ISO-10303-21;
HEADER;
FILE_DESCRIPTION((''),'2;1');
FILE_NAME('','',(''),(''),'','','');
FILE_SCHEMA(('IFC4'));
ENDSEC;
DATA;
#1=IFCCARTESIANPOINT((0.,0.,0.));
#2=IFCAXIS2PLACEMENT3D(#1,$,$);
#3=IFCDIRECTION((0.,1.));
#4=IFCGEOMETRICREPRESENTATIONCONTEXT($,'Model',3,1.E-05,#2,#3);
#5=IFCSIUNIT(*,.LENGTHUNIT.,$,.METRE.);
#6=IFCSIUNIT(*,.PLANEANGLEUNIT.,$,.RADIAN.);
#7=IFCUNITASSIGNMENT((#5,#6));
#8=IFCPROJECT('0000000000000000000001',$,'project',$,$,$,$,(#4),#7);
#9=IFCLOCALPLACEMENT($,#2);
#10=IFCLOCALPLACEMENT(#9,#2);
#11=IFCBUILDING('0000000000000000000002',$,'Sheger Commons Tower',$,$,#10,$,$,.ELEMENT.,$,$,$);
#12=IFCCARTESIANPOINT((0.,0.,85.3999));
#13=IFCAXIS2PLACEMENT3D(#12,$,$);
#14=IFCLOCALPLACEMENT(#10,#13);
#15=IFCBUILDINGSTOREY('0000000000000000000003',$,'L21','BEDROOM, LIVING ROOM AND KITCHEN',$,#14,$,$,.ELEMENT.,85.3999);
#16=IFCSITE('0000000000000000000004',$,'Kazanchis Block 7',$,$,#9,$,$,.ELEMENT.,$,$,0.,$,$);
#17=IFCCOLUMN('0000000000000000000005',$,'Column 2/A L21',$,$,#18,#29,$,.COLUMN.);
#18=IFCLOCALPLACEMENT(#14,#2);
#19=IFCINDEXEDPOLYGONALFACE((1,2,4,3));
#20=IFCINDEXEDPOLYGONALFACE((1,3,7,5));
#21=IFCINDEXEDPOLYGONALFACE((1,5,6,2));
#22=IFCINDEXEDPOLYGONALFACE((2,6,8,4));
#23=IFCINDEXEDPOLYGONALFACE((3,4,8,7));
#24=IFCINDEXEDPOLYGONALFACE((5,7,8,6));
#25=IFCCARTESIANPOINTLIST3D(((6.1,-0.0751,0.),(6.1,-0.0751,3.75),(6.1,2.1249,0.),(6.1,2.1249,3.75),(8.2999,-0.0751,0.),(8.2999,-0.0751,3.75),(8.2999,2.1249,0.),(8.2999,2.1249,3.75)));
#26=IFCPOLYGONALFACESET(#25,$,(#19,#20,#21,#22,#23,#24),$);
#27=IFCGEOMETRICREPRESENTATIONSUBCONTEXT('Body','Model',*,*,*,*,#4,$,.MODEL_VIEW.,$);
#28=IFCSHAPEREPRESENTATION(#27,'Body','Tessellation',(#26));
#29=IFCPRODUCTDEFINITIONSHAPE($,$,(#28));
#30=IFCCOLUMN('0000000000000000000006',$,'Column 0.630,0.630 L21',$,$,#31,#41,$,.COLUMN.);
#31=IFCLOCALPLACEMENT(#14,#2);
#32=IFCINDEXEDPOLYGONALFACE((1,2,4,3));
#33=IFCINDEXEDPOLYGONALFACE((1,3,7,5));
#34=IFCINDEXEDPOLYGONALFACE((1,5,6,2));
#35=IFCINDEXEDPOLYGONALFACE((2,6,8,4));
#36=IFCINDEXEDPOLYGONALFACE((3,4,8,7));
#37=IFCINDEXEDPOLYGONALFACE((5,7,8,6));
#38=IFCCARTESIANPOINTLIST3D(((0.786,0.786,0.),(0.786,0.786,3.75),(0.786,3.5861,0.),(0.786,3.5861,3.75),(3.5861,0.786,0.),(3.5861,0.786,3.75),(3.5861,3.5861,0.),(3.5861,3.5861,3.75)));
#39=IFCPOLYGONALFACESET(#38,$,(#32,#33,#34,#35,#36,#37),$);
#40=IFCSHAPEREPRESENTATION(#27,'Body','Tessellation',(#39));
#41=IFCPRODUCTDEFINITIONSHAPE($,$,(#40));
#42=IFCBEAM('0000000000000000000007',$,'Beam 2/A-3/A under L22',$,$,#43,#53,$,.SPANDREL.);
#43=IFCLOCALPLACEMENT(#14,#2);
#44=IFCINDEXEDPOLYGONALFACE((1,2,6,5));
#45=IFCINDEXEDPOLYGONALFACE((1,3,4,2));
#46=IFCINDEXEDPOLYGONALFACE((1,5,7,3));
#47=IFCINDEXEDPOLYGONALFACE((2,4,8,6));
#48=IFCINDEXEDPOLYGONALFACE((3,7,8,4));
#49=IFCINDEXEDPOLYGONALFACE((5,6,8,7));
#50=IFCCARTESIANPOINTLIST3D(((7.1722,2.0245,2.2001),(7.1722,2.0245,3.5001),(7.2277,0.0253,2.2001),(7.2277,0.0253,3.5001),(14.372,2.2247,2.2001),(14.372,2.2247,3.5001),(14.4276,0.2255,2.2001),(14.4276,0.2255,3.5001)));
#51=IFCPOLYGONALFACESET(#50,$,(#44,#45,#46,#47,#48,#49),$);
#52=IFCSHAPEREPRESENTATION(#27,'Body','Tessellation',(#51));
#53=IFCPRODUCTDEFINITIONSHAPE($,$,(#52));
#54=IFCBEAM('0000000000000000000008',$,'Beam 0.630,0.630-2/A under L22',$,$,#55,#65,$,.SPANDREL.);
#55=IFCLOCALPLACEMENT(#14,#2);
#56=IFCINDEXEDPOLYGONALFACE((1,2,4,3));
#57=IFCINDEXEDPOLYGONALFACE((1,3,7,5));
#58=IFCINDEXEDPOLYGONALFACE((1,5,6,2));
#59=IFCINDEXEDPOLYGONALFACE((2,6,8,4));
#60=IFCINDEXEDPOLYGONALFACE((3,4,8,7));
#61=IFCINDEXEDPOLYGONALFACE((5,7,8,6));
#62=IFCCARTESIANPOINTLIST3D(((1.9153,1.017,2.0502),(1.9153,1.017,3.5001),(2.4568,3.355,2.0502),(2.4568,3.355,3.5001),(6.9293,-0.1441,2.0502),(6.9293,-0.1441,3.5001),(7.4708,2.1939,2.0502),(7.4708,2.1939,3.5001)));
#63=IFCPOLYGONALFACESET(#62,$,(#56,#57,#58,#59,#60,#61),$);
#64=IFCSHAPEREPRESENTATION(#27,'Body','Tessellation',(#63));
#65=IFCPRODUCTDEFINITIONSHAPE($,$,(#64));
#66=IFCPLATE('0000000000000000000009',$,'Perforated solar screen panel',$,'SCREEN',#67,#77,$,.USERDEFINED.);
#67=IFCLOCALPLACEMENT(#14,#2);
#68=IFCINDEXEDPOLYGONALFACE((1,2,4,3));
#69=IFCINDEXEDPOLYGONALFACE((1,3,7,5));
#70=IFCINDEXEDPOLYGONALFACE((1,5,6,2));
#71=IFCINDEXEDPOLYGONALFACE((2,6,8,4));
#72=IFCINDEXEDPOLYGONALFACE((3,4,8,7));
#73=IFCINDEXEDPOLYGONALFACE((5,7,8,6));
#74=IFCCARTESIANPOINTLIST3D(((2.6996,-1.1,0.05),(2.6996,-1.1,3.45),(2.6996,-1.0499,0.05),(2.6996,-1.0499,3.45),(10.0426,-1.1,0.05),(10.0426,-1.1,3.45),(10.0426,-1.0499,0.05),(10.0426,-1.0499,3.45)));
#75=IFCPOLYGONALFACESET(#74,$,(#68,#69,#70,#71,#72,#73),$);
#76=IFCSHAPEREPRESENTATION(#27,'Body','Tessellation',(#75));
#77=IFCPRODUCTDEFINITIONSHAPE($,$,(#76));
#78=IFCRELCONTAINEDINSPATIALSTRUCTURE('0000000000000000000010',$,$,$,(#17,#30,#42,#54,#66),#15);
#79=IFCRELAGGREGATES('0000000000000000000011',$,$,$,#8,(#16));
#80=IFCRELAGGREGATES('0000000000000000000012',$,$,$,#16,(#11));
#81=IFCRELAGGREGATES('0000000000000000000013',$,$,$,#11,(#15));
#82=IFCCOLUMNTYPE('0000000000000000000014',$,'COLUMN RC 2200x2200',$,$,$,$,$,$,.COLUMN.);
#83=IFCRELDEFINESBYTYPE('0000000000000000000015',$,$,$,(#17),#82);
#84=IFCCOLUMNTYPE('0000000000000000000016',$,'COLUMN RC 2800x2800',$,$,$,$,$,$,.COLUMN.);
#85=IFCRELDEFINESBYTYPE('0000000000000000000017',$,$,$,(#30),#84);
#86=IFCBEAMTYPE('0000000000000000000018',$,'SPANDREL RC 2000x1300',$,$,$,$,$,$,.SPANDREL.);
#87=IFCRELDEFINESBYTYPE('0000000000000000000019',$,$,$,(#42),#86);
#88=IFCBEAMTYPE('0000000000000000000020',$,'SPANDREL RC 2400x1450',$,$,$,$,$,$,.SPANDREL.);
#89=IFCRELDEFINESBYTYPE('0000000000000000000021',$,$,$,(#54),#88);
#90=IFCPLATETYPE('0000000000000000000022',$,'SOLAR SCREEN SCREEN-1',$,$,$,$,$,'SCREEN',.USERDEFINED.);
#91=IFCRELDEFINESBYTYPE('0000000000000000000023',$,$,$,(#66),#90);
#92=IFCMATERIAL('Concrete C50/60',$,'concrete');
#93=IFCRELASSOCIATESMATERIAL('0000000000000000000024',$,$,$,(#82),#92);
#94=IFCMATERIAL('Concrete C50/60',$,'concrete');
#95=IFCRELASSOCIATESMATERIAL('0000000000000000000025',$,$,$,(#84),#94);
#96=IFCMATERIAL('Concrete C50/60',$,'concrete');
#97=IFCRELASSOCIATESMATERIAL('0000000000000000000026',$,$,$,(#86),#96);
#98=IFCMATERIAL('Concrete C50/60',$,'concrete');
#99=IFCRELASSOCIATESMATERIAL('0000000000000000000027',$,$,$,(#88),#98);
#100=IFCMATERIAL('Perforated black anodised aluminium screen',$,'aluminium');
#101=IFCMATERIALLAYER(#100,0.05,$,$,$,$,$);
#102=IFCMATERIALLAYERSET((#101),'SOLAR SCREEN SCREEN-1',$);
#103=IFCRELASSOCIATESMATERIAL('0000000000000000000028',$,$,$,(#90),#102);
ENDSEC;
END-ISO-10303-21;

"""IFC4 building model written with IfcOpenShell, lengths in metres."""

from ifc_helpers import new_model, si_unit, direction, frame, origin, origin_2d, place, context, subcontext, project, spatial, rectangle, extrude, material, layer, layer_set, material_profile, profile_set, type_object, element, save


model = new_model("IFC4")

# Units and contexts
model_context = context("Model", 3, precision=1e-05, world=origin(), true_north=direction((0.0, 1.0)))
body_context = subcontext(model_context, "Body", "Model", "MODEL_VIEW")
ifc_project = project(units=[si_unit("LENGTHUNIT", "METRE"), si_unit("PLANEANGLEUNIT", "RADIAN")], contexts=[model_context])

# Site, building, storey
site_placement = place(None, origin())
site = spatial("IfcSite", under=ifc_project, at=site_placement, Name="Kazanchis Block 7", CompositionType="ELEMENT", RefElevation=0.0)
building_placement = place(site_placement, origin())
building = spatial("IfcBuilding", under=site, at=building_placement, Name="Sheger Commons Tower", CompositionType="ELEMENT")
storey_placement = place(building_placement, frame((0.0, 0.0, 85.3999)))
storey = spatial("IfcBuildingStorey", under=building, at=storey_placement, Name="L21", Description="BEDROOM, LIVING ROOM AND KITCHEN", CompositionType="ELEMENT", Elevation=85.3999)

# Columns
ifc_material_1 = material(Name="Concrete C50/60", Category="concrete")
ifc_material_profile_1 = material_profile(ifc_material_1, rectangle(XDim=2.2, YDim=2.2, at=origin_2d()), Name="RC 2200x2200")
ifc_profile_set_1 = profile_set([ifc_material_profile_1], Name="Concrete C50/60")
column_type_1 = type_object("IfcColumnType", Name="COLUMN RC 2200x2200", PredefinedType="COLUMN", material=ifc_profile_set_1)
column_1_placement = place(storey_placement, frame((7.2, 1.0249, 0.0), z_axis=(0.0, 0.0, 1.0), x_axis=(1.0, 0.0, 0.0)))
element("IfcColumn", 1, at=column_1_placement, inside=storey, type_object=column_type_1, Name="Column 2/A L21", PredefinedType="COLUMN", context=body_context, shape_type="SweptSolid", body=[
    extrude(rectangle(XDim=2.2, YDim=2.2, at=origin_2d()), origin(), (0.0, 0.0, 1.0), 3.75),
])
ifc_material_2 = material(Name="Concrete C50/60", Category="concrete")
ifc_material_profile_2 = material_profile(ifc_material_2, rectangle(XDim=2.8, YDim=2.8, at=origin_2d()), Name="RC 2800x2800")
ifc_profile_set_2 = profile_set([ifc_material_profile_2], Name="Concrete C50/60")
column_type_2 = type_object("IfcColumnType", Name="COLUMN RC 2800x2800", PredefinedType="COLUMN", material=ifc_profile_set_2)
column_2_placement = place(storey_placement, frame((2.186, 2.186, 0.0), z_axis=(0.0, 0.0, 1.0), x_axis=(1.0, 0.0, 0.0)))
element("IfcColumn", 2, at=column_2_placement, inside=storey, type_object=column_type_2, Name="Column 0.630,0.630 L21", PredefinedType="COLUMN", context=body_context, shape_type="SweptSolid", body=[
    extrude(rectangle(XDim=2.8, YDim=2.8, at=origin_2d()), origin(), (0.0, 0.0, 1.0), 3.75),
])

# Beams
ifc_material_3 = material(Name="Concrete C50/60", Category="concrete")
ifc_material_profile_3 = material_profile(ifc_material_3, rectangle(XDim=2.0, YDim=1.3, at=origin_2d()), Name="RC 2000x1300")
ifc_profile_set_3 = profile_set([ifc_material_profile_3], Name="Concrete C50/60")
beam_type_1 = type_object("IfcBeamType", Name="SPANDREL RC 2000x1300", PredefinedType="SPANDREL", material=ifc_profile_set_3)
beam_1_placement = place(storey_placement, frame((7.2, 1.0249, 2.8501), z_axis=(0.999614, 0.027794, 0.0), x_axis=(-0.027794, 0.999614, 0.0)))
element("IfcBeam", 3, at=beam_1_placement, inside=storey, type_object=beam_type_1, Name="Beam 2/A-3/A under L22", PredefinedType="SPANDREL", context=body_context, shape_type="SweptSolid", body=[
    extrude(rectangle(XDim=2.0, YDim=1.3, at=origin_2d()), origin(), (0.0, 0.0, 1.0), 7.2026),
])
ifc_material_4 = material(Name="Concrete C50/60", Category="concrete")
ifc_material_profile_4 = material_profile(ifc_material_4, rectangle(XDim=2.3999, YDim=1.45, at=origin_2d()), Name="RC 2400x1450")
ifc_profile_set_4 = profile_set([ifc_material_profile_4], Name="Concrete C50/60")
beam_type_2 = type_object("IfcBeamType", Name="SPANDREL RC 2400x1450", PredefinedType="SPANDREL", material=ifc_profile_set_4)
beam_2_placement = place(storey_placement, frame((2.186, 2.186, 2.7751), z_axis=(0.974217, -0.225611, 0.0), x_axis=(0.225611, 0.974217, 0.0)))
element("IfcBeam", 4, at=beam_2_placement, inside=storey, type_object=beam_type_2, Name="Beam 0.630,0.630-2/A under L22", PredefinedType="SPANDREL", context=body_context, shape_type="SweptSolid", body=[
    extrude(rectangle(XDim=2.3999, YDim=1.45, at=origin_2d()), origin(), (0.0, 0.0, 1.0), 5.1467),
])

# Plate
ifc_material_5 = material(Name="Perforated black anodised aluminium screen", Category="aluminium")
ifc_layer_1 = layer(ifc_material_5, 0.05)
ifc_layer_set_1 = layer_set([ifc_layer_1], Name="SOLAR SCREEN SCREEN-1")
plate_type = type_object("IfcPlateType", Name="SOLAR SCREEN SCREEN-1", ElementType="SCREEN", PredefinedType="USERDEFINED", material=ifc_layer_set_1)
plate_placement = place(storey_placement, frame((6.3711, -1.075, 0.05), z_axis=(0.0, 0.0, 1.0), x_axis=(1.0, 0.0, 0.0)))
element("IfcPlate", 5, at=plate_placement, inside=storey, type_object=plate_type, Name="Perforated solar screen panel", ObjectType="SCREEN", PredefinedType="USERDEFINED", context=body_context, shape_type="SweptSolid", body=[
    extrude(rectangle(XDim=7.343, YDim=0.05, at=origin_2d()), origin(), (0.0, 0.0, 1.0), 3.3999),
])

save(model, "model.ifc")
